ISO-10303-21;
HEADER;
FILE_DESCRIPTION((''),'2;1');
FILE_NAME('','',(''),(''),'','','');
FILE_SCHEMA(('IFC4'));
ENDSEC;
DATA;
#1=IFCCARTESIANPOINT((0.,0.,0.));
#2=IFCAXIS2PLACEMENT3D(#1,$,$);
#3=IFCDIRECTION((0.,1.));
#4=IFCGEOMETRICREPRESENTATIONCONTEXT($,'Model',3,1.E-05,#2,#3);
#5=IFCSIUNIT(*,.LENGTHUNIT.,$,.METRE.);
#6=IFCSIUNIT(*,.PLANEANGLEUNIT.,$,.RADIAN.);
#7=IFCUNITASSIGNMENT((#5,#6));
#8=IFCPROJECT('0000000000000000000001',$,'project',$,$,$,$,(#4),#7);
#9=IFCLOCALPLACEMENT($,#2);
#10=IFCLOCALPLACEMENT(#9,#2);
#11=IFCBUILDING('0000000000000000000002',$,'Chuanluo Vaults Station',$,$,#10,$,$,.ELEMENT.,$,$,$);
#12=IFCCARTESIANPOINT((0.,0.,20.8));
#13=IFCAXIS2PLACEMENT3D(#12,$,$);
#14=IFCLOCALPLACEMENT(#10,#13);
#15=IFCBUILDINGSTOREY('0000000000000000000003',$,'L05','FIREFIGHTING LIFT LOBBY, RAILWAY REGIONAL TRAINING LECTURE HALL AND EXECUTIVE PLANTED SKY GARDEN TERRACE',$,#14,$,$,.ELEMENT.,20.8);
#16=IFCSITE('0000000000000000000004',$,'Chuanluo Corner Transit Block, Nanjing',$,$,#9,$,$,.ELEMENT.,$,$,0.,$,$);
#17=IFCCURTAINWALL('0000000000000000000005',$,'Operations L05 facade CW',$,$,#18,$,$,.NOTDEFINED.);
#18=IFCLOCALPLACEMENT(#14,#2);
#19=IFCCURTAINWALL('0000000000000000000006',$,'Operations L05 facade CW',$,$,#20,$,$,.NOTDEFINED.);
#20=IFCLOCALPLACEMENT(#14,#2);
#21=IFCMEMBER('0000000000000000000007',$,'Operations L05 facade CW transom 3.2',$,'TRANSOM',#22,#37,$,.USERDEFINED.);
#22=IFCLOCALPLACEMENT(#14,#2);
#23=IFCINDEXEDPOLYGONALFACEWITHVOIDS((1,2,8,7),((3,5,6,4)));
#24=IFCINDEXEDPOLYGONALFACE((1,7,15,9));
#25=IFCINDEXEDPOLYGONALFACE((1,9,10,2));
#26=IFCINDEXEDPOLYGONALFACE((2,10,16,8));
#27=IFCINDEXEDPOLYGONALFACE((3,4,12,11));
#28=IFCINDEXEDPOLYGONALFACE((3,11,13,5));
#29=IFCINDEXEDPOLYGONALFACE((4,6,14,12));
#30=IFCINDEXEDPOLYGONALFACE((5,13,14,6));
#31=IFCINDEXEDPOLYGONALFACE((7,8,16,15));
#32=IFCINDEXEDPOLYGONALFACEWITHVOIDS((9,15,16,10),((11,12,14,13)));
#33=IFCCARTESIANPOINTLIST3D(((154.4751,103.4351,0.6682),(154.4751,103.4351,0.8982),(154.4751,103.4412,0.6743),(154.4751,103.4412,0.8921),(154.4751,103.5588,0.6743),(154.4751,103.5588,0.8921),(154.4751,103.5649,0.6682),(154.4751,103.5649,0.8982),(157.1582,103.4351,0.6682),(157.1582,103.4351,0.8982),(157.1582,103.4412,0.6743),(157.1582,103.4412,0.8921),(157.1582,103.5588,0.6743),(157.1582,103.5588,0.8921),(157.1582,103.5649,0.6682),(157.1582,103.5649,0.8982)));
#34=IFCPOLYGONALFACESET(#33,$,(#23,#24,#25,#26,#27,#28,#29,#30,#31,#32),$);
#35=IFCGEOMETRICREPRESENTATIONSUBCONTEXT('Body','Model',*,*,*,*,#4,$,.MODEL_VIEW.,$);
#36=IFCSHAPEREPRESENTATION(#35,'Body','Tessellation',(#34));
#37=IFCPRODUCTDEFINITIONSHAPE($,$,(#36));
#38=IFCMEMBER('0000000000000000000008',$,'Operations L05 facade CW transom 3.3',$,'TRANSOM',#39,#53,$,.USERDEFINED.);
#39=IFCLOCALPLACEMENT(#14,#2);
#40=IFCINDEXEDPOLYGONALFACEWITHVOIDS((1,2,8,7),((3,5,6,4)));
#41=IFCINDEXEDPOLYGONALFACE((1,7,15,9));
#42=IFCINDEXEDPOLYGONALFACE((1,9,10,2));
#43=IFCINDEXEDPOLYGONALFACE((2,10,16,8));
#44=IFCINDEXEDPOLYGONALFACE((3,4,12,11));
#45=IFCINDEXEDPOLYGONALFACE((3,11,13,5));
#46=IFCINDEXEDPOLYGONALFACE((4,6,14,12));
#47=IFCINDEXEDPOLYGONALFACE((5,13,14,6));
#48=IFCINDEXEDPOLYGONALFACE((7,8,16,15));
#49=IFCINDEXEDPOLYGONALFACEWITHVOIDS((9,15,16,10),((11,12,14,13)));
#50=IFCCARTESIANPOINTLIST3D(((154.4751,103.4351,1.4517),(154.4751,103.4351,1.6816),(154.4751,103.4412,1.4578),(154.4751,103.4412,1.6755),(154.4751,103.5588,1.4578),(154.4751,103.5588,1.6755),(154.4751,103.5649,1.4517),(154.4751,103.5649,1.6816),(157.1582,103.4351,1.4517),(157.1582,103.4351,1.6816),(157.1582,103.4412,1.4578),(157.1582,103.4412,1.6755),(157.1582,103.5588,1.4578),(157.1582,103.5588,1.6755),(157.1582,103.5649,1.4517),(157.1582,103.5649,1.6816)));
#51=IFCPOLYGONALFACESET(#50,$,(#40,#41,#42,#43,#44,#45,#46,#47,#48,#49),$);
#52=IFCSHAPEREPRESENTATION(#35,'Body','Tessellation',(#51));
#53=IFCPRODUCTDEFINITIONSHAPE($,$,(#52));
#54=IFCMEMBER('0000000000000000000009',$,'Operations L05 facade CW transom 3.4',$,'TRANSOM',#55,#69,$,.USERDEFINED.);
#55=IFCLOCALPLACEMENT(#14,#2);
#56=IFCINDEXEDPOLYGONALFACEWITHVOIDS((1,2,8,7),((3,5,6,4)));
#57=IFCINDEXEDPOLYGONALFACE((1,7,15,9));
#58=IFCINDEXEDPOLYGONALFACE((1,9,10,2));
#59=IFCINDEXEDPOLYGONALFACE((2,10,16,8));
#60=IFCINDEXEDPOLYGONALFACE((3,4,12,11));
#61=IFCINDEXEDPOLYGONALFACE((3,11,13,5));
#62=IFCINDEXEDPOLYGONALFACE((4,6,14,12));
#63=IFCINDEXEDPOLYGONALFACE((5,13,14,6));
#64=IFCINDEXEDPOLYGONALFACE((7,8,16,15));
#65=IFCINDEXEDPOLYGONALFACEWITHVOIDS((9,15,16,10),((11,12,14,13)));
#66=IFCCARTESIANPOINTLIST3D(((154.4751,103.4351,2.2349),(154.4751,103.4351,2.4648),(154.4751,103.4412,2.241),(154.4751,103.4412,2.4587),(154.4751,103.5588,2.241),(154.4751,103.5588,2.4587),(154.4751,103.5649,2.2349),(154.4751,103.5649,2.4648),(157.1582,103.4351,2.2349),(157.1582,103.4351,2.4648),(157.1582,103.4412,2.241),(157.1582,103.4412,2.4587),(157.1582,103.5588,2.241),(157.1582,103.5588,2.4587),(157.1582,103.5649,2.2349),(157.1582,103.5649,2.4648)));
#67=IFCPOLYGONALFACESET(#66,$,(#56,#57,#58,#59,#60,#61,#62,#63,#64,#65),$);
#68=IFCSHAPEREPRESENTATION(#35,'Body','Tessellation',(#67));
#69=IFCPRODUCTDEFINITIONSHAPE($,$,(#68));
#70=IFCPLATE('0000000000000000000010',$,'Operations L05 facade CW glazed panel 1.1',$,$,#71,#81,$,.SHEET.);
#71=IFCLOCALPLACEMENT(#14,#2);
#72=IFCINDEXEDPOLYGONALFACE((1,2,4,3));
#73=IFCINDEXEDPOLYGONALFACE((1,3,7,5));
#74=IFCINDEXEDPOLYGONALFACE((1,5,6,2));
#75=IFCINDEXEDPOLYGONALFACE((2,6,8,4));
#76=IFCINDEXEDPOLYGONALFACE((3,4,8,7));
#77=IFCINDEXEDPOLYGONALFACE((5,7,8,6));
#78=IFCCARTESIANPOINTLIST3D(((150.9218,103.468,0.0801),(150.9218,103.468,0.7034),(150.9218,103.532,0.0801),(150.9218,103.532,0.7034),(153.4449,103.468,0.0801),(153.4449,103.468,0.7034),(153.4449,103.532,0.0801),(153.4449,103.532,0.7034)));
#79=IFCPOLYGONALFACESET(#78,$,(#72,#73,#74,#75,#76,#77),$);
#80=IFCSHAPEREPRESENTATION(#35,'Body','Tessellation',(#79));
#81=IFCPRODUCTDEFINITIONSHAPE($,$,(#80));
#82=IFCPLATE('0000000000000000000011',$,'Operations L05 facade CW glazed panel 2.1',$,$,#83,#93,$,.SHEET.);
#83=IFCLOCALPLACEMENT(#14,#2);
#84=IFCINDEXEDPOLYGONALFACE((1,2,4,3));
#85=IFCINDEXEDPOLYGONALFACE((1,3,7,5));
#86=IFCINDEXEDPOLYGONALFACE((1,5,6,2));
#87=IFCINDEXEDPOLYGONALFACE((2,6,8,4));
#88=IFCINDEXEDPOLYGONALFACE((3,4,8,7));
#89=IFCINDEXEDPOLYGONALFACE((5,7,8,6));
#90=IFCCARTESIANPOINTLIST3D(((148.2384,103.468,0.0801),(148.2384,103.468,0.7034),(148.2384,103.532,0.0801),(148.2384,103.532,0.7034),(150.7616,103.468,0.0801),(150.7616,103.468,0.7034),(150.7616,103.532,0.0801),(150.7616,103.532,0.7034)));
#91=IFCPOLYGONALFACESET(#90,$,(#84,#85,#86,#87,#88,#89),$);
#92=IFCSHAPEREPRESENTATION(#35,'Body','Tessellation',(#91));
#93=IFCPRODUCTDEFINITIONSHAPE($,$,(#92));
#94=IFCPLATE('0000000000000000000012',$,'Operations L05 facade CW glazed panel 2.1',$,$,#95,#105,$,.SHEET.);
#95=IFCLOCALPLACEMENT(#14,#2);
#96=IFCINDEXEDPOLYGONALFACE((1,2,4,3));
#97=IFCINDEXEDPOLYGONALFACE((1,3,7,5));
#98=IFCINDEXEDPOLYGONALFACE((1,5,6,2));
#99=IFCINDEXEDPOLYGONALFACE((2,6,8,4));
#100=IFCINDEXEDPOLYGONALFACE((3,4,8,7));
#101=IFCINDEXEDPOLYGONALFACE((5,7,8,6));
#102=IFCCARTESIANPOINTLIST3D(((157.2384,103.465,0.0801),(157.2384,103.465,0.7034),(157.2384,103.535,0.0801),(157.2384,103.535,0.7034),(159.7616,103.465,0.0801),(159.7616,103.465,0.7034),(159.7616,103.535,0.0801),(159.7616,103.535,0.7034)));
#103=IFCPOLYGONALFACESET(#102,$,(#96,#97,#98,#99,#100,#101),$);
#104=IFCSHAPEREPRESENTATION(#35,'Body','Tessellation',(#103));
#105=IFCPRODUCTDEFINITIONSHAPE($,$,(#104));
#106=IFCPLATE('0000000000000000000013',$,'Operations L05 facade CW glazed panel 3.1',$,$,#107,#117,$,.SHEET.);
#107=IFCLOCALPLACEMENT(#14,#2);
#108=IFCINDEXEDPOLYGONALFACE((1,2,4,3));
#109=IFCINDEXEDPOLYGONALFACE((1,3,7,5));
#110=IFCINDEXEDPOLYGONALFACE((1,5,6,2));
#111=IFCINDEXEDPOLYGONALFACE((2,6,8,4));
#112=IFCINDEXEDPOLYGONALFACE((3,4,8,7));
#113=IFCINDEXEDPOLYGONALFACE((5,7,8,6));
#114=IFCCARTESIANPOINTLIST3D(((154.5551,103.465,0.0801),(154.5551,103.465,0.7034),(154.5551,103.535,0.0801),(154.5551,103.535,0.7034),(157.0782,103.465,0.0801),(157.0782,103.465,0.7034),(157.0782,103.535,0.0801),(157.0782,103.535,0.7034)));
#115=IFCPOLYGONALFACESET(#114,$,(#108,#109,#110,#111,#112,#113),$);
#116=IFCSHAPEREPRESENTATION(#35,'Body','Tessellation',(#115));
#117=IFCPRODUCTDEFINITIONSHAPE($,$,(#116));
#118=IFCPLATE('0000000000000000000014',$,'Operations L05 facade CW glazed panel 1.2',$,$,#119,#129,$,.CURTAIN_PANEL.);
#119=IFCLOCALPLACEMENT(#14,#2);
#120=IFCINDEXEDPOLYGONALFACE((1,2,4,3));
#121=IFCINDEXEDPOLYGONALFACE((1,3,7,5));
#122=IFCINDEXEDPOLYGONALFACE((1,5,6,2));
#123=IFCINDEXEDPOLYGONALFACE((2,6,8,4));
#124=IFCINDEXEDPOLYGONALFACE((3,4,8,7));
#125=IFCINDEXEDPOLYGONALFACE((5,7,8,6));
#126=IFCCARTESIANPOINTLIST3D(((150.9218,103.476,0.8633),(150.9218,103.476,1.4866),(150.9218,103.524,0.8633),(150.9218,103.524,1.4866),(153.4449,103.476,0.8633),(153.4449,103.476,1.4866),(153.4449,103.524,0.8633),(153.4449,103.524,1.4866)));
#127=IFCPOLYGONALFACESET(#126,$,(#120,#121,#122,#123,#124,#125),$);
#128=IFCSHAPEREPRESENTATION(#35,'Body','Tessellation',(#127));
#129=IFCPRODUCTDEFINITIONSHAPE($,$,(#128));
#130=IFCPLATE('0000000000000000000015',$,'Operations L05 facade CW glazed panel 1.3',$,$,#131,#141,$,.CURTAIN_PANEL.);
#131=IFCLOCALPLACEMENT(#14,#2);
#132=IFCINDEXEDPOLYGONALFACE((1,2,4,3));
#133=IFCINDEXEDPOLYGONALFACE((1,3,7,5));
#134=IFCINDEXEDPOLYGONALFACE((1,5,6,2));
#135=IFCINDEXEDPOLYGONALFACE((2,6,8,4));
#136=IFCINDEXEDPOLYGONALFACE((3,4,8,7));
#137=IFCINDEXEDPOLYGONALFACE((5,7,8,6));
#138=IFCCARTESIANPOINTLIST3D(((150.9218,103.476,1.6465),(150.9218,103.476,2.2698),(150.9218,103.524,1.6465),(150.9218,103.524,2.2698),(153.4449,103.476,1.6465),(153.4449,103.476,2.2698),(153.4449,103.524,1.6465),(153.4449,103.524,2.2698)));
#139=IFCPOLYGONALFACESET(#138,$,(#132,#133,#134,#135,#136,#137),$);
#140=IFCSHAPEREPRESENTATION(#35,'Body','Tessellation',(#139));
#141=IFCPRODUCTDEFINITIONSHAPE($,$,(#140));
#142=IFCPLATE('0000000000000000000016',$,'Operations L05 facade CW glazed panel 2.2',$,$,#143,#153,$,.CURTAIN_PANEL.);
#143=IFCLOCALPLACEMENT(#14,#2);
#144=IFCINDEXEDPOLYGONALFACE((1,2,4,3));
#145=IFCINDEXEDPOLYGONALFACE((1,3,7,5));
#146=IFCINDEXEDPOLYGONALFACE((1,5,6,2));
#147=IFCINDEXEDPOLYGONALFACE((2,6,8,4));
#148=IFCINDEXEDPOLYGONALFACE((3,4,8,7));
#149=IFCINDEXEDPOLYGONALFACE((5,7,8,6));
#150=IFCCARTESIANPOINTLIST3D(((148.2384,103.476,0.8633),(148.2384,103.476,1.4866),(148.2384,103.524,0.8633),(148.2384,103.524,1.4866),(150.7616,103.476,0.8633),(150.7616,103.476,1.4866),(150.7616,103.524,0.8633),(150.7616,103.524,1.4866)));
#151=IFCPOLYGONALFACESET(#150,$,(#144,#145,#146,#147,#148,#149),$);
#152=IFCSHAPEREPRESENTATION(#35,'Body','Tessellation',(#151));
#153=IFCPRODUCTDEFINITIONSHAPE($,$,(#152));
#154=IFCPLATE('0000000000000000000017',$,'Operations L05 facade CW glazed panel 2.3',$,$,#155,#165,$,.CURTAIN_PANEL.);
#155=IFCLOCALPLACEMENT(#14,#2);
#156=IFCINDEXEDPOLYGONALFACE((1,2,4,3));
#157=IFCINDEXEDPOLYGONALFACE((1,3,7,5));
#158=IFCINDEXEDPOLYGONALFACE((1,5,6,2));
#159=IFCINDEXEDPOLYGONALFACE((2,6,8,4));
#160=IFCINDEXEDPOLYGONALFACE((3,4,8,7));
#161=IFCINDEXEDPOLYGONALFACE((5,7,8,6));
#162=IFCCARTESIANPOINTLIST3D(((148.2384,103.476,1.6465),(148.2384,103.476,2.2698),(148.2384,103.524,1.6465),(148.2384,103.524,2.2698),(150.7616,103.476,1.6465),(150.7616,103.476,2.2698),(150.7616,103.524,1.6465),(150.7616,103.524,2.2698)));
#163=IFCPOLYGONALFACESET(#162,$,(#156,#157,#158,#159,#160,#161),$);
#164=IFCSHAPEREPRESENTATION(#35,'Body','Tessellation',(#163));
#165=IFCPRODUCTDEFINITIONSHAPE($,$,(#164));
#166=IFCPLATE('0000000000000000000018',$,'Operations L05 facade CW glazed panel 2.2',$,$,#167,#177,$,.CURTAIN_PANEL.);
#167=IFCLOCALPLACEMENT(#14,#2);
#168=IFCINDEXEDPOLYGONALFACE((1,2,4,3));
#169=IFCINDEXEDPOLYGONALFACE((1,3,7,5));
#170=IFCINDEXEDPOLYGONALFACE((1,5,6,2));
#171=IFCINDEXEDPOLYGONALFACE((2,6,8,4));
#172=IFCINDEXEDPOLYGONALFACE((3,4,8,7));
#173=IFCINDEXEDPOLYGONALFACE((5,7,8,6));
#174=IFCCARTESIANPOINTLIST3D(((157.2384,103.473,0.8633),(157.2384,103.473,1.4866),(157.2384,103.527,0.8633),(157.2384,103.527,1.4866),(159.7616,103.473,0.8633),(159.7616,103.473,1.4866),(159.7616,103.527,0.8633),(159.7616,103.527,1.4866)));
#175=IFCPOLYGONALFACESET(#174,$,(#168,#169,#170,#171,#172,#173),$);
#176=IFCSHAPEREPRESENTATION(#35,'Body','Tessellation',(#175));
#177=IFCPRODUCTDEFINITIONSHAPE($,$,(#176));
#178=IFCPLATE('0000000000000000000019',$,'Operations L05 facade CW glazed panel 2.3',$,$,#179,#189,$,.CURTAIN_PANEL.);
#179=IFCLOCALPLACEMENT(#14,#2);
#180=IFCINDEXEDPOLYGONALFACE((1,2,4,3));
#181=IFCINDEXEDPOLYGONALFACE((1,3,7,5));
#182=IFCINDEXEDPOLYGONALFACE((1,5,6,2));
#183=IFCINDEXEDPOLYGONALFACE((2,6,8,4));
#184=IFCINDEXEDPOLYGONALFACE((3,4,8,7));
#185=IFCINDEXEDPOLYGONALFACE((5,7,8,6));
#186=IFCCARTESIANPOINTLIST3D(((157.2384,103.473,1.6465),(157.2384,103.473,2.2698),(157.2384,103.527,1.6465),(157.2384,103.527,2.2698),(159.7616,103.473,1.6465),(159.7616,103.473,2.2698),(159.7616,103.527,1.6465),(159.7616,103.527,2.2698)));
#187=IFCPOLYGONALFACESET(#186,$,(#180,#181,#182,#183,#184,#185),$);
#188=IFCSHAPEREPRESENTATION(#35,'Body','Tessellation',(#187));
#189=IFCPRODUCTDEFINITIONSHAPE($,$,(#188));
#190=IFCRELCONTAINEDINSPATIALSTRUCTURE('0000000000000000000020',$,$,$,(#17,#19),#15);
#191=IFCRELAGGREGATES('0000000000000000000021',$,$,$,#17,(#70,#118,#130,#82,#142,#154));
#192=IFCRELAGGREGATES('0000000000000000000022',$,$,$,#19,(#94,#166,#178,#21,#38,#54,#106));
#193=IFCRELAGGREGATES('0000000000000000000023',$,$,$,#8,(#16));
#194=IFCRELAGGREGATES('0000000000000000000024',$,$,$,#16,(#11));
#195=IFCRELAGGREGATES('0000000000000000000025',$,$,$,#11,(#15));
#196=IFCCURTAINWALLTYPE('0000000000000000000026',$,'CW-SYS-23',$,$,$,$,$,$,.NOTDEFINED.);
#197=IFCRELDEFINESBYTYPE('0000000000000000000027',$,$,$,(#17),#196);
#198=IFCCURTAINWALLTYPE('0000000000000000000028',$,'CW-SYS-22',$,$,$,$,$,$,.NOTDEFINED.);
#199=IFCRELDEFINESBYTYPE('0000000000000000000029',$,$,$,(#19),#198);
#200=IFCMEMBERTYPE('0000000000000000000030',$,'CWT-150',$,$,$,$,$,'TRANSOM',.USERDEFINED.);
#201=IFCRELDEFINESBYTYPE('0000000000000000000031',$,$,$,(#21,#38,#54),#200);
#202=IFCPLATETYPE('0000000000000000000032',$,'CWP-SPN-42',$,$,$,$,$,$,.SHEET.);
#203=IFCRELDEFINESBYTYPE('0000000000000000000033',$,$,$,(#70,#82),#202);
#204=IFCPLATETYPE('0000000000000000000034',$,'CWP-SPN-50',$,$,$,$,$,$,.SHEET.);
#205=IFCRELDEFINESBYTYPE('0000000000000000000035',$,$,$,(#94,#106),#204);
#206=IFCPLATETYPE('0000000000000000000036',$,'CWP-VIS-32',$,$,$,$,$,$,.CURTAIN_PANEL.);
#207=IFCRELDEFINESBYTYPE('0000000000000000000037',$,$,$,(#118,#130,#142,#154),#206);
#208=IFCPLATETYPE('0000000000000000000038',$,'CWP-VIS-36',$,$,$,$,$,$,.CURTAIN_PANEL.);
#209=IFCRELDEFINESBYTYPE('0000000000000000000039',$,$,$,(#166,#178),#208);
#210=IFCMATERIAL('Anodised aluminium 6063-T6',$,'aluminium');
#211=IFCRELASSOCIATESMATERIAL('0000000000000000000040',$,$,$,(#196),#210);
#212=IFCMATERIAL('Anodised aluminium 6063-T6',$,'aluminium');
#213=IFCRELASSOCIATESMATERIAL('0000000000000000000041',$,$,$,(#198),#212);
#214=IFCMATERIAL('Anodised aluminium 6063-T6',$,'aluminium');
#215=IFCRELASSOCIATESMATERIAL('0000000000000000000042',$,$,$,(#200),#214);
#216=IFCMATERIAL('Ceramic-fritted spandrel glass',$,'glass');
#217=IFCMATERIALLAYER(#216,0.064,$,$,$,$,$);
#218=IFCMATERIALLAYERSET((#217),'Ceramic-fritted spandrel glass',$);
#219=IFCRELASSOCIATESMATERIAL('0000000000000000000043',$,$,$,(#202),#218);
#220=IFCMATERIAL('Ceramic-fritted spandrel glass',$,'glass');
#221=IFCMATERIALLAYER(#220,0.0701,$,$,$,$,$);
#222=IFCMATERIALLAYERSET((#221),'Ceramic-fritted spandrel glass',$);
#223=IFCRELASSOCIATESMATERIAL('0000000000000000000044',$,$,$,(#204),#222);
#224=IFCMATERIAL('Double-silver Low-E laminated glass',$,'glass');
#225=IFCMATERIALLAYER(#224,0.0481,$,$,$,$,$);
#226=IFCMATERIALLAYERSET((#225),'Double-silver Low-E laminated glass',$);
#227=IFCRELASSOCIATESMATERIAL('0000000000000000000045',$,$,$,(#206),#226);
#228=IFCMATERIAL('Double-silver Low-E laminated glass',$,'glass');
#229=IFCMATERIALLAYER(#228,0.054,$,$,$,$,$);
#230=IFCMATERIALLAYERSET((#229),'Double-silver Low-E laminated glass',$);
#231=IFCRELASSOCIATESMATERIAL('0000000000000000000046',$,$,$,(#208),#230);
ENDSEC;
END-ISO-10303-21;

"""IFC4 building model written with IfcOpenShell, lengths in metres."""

from ifc_helpers import new_model, si_unit, direction, frame, origin, origin_2d, place, context, subcontext, project, spatial, rectangle, hollow_rectangle, extrude, material, layer, layer_set, material_profile, profile_set, type_object, element, aggregate, save


model = new_model("IFC4")

# Units and contexts
model_context = context("Model", 3, precision=1e-05, world=origin(), true_north=direction((0.0, 1.0)))
body_context = subcontext(model_context, "Body", "Model", "MODEL_VIEW")
ifc_project = project(units=[si_unit("LENGTHUNIT", "METRE"), si_unit("PLANEANGLEUNIT", "RADIAN")], contexts=[model_context])

# Site, building, storey
site_placement = place(None, origin())
site = spatial("IfcSite", under=ifc_project, at=site_placement, Name="Chuanluo Corner Transit Block, Nanjing", CompositionType="ELEMENT", RefElevation=0.0)
building_placement = place(site_placement, origin())
building = spatial("IfcBuilding", under=site, at=building_placement, Name="Chuanluo Vaults Station", CompositionType="ELEMENT")
storey_placement = place(building_placement, frame((0.0, 0.0, 20.8)))
storey = spatial("IfcBuildingStorey", under=building, at=storey_placement, Name="L05", Description="FIREFIGHTING LIFT LOBBY, RAILWAY REGIONAL TRAINING LECTURE HALL AND EXECUTIVE PLANTED SKY GARDEN TERRACE", CompositionType="ELEMENT", Elevation=20.8)

# Curtain walls
ifc_material_1 = material(Name="Anodised aluminium 6063-T6", Category="aluminium")
curtain_wall_type_1 = type_object("IfcCurtainWallType", Name="CW-SYS-23", PredefinedType="NOTDEFINED", material=ifc_material_1)
curtain_wall_1_placement = place(storey_placement, origin())
curtain_wall_1 = element("IfcCurtainWall", 1, at=curtain_wall_1_placement, inside=storey, type_object=curtain_wall_type_1, Name="Operations L05 facade CW", PredefinedType="NOTDEFINED")
ifc_material_2 = material(Name="Anodised aluminium 6063-T6", Category="aluminium")
curtain_wall_type_2 = type_object("IfcCurtainWallType", Name="CW-SYS-22", PredefinedType="NOTDEFINED", material=ifc_material_2)
curtain_wall_2_placement = place(storey_placement, origin())
curtain_wall_2 = element("IfcCurtainWall", 2, at=curtain_wall_2_placement, inside=storey, type_object=curtain_wall_type_2, Name="Operations L05 facade CW", PredefinedType="NOTDEFINED")

# Members
ifc_material_3 = material(Name="Anodised aluminium 6063-T6", Category="aluminium")
ifc_material_profile_1 = material_profile(ifc_material_3, hollow_rectangle(XDim=0.1299, YDim=0.23, WallThickness=0.0061, at=origin_2d()))
ifc_profile_set_1 = profile_set([ifc_material_profile_1], Name="Anodised aluminium 6063-T6")
member_type_1 = type_object("IfcMemberType", Name="CWT-150", ElementType="TRANSOM", PredefinedType="USERDEFINED", material=ifc_profile_set_1)
member_1_placement = place(storey_placement, frame((157.1582, 103.5, 0.7832), z_axis=(-1.0, 0.0, 0.0), x_axis=(0.0, -1.0, 0.0)))
member_1 = element("IfcMember", 3, at=member_1_placement, type_object=member_type_1, Name="Operations L05 facade CW transom 3.2", ObjectType="TRANSOM", PredefinedType="USERDEFINED", context=body_context, shape_type="SweptSolid", body=[
    extrude(hollow_rectangle(XDim=0.1299, YDim=0.23, WallThickness=0.0061, at=origin_2d()), origin(), (0.0, 0.0, 1.0), 2.6831),
])
member_2_placement = place(storey_placement, frame((157.1582, 103.5, 1.5667), z_axis=(-1.0, 0.0, 0.0), x_axis=(0.0, -1.0, 0.0)))
member_2 = element("IfcMember", 4, at=member_2_placement, type_object=member_type_1, Name="Operations L05 facade CW transom 3.3", ObjectType="TRANSOM", PredefinedType="USERDEFINED", context=body_context, shape_type="SweptSolid", body=[
    extrude(hollow_rectangle(XDim=0.1299, YDim=0.23, WallThickness=0.0061, at=origin_2d()), origin(), (0.0, 0.0, 1.0), 2.6831),
])
member_3_placement = place(storey_placement, frame((157.1582, 103.5, 2.3499), z_axis=(-1.0, 0.0, 0.0), x_axis=(0.0, -1.0, 0.0)))
member_3 = element("IfcMember", 5, at=member_3_placement, type_object=member_type_1, Name="Operations L05 facade CW transom 3.4", ObjectType="TRANSOM", PredefinedType="USERDEFINED", context=body_context, shape_type="SweptSolid", body=[
    extrude(hollow_rectangle(XDim=0.1299, YDim=0.23, WallThickness=0.0061, at=origin_2d()), origin(), (0.0, 0.0, 1.0), 2.6831),
])

# Plates
ifc_material_4 = material(Name="Ceramic-fritted spandrel glass", Category="glass")
ifc_layer_1 = layer(ifc_material_4, 0.064)
ifc_layer_set_1 = layer_set([ifc_layer_1], Name="Ceramic-fritted spandrel glass")
plate_type_1 = type_object("IfcPlateType", Name="CWP-SPN-42", PredefinedType="SHEET", material=ifc_layer_set_1)
plate_1_placement = place(storey_placement, frame((152.1833, 103.5, 0.0801), z_axis=(0.0, 0.0, 1.0), x_axis=(-1.0, 0.0, 0.0)))
plate_1 = element("IfcPlate", 6, at=plate_1_placement, type_object=plate_type_1, Name="Operations L05 facade CW glazed panel 1.1", PredefinedType="SHEET", context=body_context, shape_type="SweptSolid", body=[
    extrude(rectangle(XDim=2.5232, YDim=0.064, at=origin_2d()), origin(), (0.0, 0.0, 1.0), 0.6233),
])
plate_2_placement = place(storey_placement, frame((149.5, 103.5, 0.0801), z_axis=(0.0, 0.0, 1.0), x_axis=(-1.0, 0.0, 0.0)))
plate_2 = element("IfcPlate", 7, at=plate_2_placement, type_object=plate_type_1, Name="Operations L05 facade CW glazed panel 2.1", PredefinedType="SHEET", context=body_context, shape_type="SweptSolid", body=[
    extrude(rectangle(XDim=2.5232, YDim=0.064, at=origin_2d()), origin(), (0.0, 0.0, 1.0), 0.6233),
])
ifc_material_5 = material(Name="Ceramic-fritted spandrel glass", Category="glass")
ifc_layer_2 = layer(ifc_material_5, 0.0701)
ifc_layer_set_2 = layer_set([ifc_layer_2], Name="Ceramic-fritted spandrel glass")
plate_type_2 = type_object("IfcPlateType", Name="CWP-SPN-50", PredefinedType="SHEET", material=ifc_layer_set_2)
plate_3_placement = place(storey_placement, frame((158.5, 103.5, 0.0801), z_axis=(0.0, 0.0, 1.0), x_axis=(-1.0, 0.0, 0.0)))
plate_3 = element("IfcPlate", 8, at=plate_3_placement, type_object=plate_type_2, Name="Operations L05 facade CW glazed panel 2.1", PredefinedType="SHEET", context=body_context, shape_type="SweptSolid", body=[
    extrude(rectangle(XDim=2.5232, YDim=0.0701, at=origin_2d()), origin(), (0.0, 0.0, 1.0), 0.6233),
])
plate_4_placement = place(storey_placement, frame((155.8167, 103.5, 0.0801), z_axis=(0.0, 0.0, 1.0), x_axis=(-1.0, 0.0, 0.0)))
plate_4 = element("IfcPlate", 9, at=plate_4_placement, type_object=plate_type_2, Name="Operations L05 facade CW glazed panel 3.1", PredefinedType="SHEET", context=body_context, shape_type="SweptSolid", body=[
    extrude(rectangle(XDim=2.5232, YDim=0.0701, at=origin_2d()), origin(), (0.0, 0.0, 1.0), 0.6233),
])
ifc_material_6 = material(Name="Double-silver Low-E laminated glass", Category="glass")
ifc_layer_3 = layer(ifc_material_6, 0.0481)
ifc_layer_set_3 = layer_set([ifc_layer_3], Name="Double-silver Low-E laminated glass")
plate_type_3 = type_object("IfcPlateType", Name="CWP-VIS-32", PredefinedType="CURTAIN_PANEL", material=ifc_layer_set_3)
plate_5_placement = place(storey_placement, frame((152.1833, 103.5, 0.8633), z_axis=(0.0, 0.0, 1.0), x_axis=(-1.0, 0.0, 0.0)))
plate_5 = element("IfcPlate", 10, at=plate_5_placement, type_object=plate_type_3, Name="Operations L05 facade CW glazed panel 1.2", PredefinedType="CURTAIN_PANEL", context=body_context, shape_type="SweptSolid", body=[
    extrude(rectangle(XDim=2.5232, YDim=0.0481, at=origin_2d()), origin(), (0.0, 0.0, 1.0), 0.6233),
])
plate_6_placement = place(storey_placement, frame((152.1833, 103.5, 1.6465), z_axis=(0.0, 0.0, 1.0), x_axis=(-1.0, 0.0, 0.0)))
plate_6 = element("IfcPlate", 11, at=plate_6_placement, type_object=plate_type_3, Name="Operations L05 facade CW glazed panel 1.3", PredefinedType="CURTAIN_PANEL", context=body_context, shape_type="SweptSolid", body=[
    extrude(rectangle(XDim=2.5232, YDim=0.0481, at=origin_2d()), origin(), (0.0, 0.0, 1.0), 0.6233),
])
plate_7_placement = place(storey_placement, frame((149.5, 103.5, 0.8633), z_axis=(0.0, 0.0, 1.0), x_axis=(-1.0, 0.0, 0.0)))
plate_7 = element("IfcPlate", 12, at=plate_7_placement, type_object=plate_type_3, Name="Operations L05 facade CW glazed panel 2.2", PredefinedType="CURTAIN_PANEL", context=body_context, shape_type="SweptSolid", body=[
    extrude(rectangle(XDim=2.5232, YDim=0.0481, at=origin_2d()), origin(), (0.0, 0.0, 1.0), 0.6233),
])
plate_8_placement = place(storey_placement, frame((149.5, 103.5, 1.6465), z_axis=(0.0, 0.0, 1.0), x_axis=(-1.0, 0.0, 0.0)))
plate_8 = element("IfcPlate", 13, at=plate_8_placement, type_object=plate_type_3, Name="Operations L05 facade CW glazed panel 2.3", PredefinedType="CURTAIN_PANEL", context=body_context, shape_type="SweptSolid", body=[
    extrude(rectangle(XDim=2.5232, YDim=0.0481, at=origin_2d()), origin(), (0.0, 0.0, 1.0), 0.6233),
])
aggregate(curtain_wall_1, [plate_1, plate_5, plate_6, plate_2, plate_7, plate_8])
ifc_material_7 = material(Name="Double-silver Low-E laminated glass", Category="glass")
ifc_layer_4 = layer(ifc_material_7, 0.054)
ifc_layer_set_4 = layer_set([ifc_layer_4], Name="Double-silver Low-E laminated glass")
plate_type_4 = type_object("IfcPlateType", Name="CWP-VIS-36", PredefinedType="CURTAIN_PANEL", material=ifc_layer_set_4)
plate_9_placement = place(storey_placement, frame((158.5, 103.5, 0.8633), z_axis=(0.0, 0.0, 1.0), x_axis=(-1.0, 0.0, 0.0)))
plate_9 = element("IfcPlate", 14, at=plate_9_placement, type_object=plate_type_4, Name="Operations L05 facade CW glazed panel 2.2", PredefinedType="CURTAIN_PANEL", context=body_context, shape_type="SweptSolid", body=[
    extrude(rectangle(XDim=2.5232, YDim=0.054, at=origin_2d()), origin(), (0.0, 0.0, 1.0), 0.6233),
])
plate_10_placement = place(storey_placement, frame((158.5, 103.5, 1.6465), z_axis=(0.0, 0.0, 1.0), x_axis=(-1.0, 0.0, 0.0)))
plate_10 = element("IfcPlate", 15, at=plate_10_placement, type_object=plate_type_4, Name="Operations L05 facade CW glazed panel 2.3", PredefinedType="CURTAIN_PANEL", context=body_context, shape_type="SweptSolid", body=[
    extrude(rectangle(XDim=2.5232, YDim=0.054, at=origin_2d()), origin(), (0.0, 0.0, 1.0), 0.6233),
])
aggregate(curtain_wall_2, [plate_3, plate_9, plate_10, member_1, member_2, member_3, plate_4])

save(model, "model.ifc")
